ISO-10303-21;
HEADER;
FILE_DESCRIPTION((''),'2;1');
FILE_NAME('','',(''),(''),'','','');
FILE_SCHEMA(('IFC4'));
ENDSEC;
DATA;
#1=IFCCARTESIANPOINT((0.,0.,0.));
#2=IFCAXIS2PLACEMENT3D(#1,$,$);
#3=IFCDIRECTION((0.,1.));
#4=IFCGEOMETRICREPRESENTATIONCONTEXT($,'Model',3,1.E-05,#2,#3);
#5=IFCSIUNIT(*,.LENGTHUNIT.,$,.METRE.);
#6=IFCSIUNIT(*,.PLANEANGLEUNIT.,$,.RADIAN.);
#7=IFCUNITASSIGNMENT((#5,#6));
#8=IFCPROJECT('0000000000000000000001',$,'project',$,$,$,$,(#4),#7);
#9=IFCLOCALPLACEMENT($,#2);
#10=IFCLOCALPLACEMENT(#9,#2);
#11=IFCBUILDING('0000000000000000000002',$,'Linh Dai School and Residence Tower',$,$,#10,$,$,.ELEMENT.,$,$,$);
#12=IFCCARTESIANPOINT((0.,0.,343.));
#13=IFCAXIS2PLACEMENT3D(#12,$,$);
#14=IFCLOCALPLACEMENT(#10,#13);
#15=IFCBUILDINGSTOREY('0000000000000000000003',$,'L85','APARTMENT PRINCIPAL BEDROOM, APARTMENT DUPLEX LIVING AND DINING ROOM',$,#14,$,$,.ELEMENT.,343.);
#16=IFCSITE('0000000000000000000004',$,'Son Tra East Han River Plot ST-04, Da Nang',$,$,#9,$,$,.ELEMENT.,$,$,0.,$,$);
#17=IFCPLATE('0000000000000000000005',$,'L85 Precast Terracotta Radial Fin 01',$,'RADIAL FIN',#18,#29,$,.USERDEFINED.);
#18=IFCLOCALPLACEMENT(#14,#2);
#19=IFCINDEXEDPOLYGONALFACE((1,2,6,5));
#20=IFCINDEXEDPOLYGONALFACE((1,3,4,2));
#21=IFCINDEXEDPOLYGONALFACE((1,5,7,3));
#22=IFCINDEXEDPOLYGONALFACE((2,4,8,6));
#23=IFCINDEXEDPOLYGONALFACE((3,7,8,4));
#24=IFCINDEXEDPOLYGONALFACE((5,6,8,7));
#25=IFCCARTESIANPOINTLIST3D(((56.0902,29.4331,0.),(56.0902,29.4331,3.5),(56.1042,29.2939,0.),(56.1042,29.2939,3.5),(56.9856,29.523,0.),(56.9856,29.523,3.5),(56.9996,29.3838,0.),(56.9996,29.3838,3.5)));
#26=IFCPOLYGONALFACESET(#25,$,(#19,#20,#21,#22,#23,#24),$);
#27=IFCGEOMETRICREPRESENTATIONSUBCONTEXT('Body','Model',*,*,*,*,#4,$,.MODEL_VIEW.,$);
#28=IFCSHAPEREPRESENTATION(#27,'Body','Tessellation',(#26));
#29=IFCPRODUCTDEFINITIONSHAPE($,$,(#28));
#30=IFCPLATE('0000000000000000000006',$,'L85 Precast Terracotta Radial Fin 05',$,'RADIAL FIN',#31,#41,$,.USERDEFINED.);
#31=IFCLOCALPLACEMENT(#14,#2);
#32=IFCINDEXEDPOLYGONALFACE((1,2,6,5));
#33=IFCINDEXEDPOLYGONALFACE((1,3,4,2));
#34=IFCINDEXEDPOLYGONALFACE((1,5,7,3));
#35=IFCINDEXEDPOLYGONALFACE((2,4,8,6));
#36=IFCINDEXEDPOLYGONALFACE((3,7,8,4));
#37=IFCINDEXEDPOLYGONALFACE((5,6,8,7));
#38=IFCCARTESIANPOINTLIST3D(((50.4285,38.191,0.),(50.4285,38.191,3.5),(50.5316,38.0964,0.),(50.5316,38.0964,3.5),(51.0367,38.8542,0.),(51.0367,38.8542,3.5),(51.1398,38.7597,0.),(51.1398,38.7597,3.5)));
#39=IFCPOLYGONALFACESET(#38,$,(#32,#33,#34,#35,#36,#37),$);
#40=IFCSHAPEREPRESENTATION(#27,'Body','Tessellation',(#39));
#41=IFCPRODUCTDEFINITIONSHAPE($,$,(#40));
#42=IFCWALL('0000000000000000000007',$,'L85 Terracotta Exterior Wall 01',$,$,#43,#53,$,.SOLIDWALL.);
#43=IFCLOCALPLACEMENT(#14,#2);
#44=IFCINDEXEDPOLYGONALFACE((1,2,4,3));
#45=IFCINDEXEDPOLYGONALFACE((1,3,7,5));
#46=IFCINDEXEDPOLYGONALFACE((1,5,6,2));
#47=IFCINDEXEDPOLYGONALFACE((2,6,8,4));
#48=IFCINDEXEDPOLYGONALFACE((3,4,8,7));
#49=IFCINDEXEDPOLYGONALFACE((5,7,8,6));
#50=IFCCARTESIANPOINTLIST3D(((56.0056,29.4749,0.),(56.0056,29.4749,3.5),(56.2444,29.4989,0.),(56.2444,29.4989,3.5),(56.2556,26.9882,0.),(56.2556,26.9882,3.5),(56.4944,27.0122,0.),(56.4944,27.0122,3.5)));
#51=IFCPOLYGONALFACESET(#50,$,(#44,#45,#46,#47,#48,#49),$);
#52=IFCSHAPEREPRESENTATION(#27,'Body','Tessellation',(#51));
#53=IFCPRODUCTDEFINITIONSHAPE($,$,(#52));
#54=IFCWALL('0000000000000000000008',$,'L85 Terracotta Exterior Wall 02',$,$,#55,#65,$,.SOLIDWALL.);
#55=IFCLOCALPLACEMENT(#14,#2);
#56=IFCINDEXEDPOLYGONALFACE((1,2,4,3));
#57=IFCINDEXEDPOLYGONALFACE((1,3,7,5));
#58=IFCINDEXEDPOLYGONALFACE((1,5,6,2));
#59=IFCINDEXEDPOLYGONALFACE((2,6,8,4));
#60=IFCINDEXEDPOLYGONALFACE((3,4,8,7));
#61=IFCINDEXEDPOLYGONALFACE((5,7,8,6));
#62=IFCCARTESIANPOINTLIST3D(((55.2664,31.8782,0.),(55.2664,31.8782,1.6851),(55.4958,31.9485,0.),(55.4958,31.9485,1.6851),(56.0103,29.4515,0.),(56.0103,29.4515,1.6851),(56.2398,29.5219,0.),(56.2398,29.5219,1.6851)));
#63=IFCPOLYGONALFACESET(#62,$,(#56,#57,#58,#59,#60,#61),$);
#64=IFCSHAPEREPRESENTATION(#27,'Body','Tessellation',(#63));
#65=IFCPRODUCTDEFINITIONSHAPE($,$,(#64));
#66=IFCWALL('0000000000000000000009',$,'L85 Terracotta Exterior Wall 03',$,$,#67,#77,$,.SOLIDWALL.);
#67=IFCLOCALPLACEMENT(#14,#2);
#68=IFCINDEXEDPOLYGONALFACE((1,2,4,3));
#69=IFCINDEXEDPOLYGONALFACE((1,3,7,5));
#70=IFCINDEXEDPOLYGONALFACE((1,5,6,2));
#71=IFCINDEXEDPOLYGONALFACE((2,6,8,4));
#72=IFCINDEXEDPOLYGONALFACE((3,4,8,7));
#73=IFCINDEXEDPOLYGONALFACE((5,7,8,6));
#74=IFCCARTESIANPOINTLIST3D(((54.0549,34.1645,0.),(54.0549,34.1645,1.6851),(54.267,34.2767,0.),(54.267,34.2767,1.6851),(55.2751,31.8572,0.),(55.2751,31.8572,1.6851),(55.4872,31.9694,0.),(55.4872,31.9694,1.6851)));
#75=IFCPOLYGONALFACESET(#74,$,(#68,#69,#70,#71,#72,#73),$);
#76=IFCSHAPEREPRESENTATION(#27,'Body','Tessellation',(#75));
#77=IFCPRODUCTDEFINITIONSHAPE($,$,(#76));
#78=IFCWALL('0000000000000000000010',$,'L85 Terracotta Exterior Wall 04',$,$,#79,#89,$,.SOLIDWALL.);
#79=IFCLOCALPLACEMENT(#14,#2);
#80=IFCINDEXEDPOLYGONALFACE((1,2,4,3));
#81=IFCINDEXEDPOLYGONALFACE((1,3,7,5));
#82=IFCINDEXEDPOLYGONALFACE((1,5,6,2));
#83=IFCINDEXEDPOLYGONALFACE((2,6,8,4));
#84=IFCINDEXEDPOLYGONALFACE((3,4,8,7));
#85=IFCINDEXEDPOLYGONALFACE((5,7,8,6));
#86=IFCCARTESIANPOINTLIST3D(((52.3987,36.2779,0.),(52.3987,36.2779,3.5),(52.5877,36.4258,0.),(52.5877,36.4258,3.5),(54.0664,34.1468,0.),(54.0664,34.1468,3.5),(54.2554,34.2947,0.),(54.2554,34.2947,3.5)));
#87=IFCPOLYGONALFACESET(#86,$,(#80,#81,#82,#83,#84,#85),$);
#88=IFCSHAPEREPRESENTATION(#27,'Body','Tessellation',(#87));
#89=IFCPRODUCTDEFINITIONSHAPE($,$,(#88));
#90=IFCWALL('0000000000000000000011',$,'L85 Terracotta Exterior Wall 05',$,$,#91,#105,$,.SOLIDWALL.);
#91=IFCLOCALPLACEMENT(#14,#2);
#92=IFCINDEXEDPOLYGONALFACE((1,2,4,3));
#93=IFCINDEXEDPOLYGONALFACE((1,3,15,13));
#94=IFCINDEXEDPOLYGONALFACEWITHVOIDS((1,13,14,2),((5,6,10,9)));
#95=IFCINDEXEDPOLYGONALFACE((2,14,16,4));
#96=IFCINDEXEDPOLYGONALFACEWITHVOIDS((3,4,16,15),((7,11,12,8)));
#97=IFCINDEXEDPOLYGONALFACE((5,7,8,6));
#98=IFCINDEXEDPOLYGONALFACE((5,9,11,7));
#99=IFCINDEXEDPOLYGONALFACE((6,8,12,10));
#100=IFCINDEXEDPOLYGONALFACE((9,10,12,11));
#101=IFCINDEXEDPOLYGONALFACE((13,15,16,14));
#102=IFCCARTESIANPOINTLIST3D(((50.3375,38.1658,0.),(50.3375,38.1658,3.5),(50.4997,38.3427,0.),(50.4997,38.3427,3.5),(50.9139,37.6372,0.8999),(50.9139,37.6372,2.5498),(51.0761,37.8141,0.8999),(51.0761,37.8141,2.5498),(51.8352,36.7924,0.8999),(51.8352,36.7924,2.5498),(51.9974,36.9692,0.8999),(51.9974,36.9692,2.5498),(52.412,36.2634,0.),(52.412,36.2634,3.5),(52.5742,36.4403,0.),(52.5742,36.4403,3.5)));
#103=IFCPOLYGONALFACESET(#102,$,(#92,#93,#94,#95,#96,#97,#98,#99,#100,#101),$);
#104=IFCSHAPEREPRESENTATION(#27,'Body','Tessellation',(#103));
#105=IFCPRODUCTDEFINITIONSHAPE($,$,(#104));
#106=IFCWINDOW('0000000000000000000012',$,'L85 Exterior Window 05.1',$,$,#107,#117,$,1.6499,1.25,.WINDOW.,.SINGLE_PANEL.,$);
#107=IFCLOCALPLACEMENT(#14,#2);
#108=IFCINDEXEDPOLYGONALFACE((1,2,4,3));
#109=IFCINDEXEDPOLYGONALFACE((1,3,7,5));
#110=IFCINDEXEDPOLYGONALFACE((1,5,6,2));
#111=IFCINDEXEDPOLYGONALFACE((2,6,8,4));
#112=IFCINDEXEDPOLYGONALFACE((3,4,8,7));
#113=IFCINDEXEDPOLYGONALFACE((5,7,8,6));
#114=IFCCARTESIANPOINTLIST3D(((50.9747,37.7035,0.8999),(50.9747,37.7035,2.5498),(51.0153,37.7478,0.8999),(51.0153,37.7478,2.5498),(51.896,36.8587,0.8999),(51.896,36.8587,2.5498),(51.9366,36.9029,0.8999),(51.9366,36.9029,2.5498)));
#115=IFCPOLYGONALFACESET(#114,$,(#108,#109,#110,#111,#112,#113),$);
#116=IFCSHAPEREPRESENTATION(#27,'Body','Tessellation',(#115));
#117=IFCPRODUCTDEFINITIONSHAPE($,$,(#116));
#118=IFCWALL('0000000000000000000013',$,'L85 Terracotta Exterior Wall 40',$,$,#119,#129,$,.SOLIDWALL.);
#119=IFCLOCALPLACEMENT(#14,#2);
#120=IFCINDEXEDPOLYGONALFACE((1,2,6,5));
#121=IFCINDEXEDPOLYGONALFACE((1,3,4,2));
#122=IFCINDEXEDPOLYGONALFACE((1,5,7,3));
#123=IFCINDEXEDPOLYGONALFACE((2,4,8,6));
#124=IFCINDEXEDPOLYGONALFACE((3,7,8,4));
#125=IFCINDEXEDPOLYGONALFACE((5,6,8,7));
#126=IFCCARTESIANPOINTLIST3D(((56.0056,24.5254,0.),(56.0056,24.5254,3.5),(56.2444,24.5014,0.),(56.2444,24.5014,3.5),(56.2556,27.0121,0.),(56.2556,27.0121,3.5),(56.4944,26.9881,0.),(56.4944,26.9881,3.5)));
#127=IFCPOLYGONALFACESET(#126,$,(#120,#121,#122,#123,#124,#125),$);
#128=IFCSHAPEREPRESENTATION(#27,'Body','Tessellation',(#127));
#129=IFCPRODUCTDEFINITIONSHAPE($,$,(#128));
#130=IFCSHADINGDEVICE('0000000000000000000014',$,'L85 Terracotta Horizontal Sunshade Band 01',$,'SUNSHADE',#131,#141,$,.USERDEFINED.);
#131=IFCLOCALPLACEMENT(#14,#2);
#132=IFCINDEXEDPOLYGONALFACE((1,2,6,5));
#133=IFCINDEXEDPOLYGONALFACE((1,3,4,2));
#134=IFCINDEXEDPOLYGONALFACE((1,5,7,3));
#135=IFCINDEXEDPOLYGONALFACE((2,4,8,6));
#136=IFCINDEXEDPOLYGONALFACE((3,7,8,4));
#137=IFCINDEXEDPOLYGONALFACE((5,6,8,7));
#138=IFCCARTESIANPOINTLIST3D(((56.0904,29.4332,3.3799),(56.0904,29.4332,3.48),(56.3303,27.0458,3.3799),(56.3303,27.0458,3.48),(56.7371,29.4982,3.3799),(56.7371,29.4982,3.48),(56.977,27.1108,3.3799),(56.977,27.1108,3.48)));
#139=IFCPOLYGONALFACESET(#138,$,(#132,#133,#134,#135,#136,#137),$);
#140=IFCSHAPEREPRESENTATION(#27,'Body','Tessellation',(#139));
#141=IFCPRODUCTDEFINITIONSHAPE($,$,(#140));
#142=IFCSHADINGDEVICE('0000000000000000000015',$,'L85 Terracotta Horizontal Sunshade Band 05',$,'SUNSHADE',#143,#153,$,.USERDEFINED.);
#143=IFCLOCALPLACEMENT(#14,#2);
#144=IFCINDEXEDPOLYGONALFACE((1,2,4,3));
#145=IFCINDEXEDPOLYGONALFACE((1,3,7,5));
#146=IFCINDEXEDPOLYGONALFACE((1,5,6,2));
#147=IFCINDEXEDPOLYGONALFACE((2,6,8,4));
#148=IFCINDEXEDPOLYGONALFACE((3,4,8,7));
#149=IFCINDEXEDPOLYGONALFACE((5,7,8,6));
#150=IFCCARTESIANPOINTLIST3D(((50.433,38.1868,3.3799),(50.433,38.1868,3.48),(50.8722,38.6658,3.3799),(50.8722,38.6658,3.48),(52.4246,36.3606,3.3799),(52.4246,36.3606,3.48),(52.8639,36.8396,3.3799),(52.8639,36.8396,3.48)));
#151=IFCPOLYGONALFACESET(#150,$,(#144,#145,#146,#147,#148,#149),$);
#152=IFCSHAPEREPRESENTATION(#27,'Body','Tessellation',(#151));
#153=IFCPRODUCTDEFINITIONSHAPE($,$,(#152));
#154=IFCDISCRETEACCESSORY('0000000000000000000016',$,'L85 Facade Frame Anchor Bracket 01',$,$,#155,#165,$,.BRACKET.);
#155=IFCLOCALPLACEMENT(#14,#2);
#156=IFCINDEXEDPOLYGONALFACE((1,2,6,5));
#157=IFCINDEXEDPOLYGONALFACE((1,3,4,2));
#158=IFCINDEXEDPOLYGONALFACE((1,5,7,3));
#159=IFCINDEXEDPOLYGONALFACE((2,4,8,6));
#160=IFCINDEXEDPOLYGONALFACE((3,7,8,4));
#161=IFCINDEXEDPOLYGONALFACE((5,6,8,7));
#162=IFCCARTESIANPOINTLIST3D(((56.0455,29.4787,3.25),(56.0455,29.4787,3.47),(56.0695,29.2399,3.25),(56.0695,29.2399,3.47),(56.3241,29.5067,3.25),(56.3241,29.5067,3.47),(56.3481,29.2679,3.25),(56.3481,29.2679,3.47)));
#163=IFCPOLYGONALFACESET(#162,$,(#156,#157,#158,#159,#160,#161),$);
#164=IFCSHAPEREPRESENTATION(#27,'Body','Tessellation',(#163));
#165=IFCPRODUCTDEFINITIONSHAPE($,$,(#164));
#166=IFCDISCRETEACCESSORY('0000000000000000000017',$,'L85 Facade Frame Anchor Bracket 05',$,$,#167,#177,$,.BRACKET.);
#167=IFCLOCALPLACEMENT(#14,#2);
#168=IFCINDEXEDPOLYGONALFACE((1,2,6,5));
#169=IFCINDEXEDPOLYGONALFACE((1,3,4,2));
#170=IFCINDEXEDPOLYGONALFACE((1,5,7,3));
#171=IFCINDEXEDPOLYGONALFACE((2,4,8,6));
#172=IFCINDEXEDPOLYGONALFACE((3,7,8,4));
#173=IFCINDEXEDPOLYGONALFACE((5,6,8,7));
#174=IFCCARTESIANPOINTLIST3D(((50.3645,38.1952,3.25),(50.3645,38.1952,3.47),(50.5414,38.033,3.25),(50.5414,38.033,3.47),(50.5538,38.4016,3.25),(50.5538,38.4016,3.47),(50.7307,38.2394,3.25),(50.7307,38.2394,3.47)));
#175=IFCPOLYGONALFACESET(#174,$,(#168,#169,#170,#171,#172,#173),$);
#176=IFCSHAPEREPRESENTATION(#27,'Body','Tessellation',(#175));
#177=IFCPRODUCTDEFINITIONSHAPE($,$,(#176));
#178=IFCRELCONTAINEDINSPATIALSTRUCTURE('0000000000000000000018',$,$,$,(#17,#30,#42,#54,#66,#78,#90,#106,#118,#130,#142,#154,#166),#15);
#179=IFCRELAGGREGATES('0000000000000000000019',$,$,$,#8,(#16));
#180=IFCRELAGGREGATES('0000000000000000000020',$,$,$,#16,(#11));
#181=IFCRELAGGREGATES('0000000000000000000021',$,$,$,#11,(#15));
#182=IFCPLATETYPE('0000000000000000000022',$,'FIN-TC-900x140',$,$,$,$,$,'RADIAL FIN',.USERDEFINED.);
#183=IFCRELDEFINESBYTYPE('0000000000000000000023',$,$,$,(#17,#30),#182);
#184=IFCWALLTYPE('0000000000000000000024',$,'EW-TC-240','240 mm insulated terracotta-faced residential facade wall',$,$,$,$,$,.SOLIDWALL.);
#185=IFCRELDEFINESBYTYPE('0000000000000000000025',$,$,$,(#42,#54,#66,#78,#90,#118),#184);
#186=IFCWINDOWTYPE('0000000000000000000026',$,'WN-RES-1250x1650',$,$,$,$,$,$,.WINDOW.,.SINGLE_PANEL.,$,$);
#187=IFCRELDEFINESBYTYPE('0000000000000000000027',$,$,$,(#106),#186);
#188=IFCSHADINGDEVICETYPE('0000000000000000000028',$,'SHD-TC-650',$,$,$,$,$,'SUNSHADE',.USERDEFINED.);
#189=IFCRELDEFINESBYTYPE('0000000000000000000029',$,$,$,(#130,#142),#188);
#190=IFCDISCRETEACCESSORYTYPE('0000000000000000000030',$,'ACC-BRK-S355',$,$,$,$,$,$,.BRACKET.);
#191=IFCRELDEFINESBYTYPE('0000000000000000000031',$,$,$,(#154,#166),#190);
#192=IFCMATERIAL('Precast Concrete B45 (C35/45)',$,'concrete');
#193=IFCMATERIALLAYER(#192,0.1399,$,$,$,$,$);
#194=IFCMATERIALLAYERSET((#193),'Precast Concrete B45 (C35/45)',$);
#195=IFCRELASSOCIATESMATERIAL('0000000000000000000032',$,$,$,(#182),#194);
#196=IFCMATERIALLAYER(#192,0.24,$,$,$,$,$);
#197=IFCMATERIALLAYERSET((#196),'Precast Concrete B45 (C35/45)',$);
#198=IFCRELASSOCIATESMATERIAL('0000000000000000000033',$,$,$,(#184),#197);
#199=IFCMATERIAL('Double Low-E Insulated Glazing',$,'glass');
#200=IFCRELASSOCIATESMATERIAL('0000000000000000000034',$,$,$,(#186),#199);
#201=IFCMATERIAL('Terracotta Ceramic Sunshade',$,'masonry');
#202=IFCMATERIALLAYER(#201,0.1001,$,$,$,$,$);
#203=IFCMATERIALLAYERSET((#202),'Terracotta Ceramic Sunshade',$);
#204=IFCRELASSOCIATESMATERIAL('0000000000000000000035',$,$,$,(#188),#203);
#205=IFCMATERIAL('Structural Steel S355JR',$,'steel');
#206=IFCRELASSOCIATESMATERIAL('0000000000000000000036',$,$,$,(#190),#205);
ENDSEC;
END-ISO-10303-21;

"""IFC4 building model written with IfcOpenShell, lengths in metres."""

from ifc_helpers import new_model, si_unit, direction, frame, frame_2d, origin, origin_2d, place, context, subcontext, project, spatial, rectangle, extrude, source, transform, mapped, material, layer, layer_set, type_object, element, fill, save


model = new_model("IFC4")

# Units and contexts
model_context = context("Model", 3, precision=1e-05, world=origin(), true_north=direction((0.0, 1.0)))
body_context = subcontext(model_context, "Body", "Model", "MODEL_VIEW")
ifc_project = project(units=[si_unit("LENGTHUNIT", "METRE"), si_unit("PLANEANGLEUNIT", "RADIAN")], contexts=[model_context])

# Site, building, storey
site_placement = place(None, origin())
site = spatial("IfcSite", under=ifc_project, at=site_placement, Name="Son Tra East Han River Plot ST-04, Da Nang", CompositionType="ELEMENT", RefElevation=0.0)
building_placement = place(site_placement, origin())
building = spatial("IfcBuilding", under=site, at=building_placement, Name="Linh Dai School and Residence Tower", CompositionType="ELEMENT")
storey_placement = place(building_placement, frame((0.0, 0.0, 343.0)))
storey = spatial("IfcBuildingStorey", under=building, at=storey_placement, Name="L85", Description="APARTMENT PRINCIPAL BEDROOM, APARTMENT DUPLEX LIVING AND DINING ROOM", CompositionType="ELEMENT", Elevation=343.0)

# Shared definitions
ifc_material_1 = material(Name="Structural Steel S355JR", Category="steel")

# Plates
ifc_material_2 = material(Name="Precast Concrete B45 (C35/45)", Category="concrete")
ifc_layer_1 = layer(ifc_material_2, 0.1399)
ifc_layer_set_1 = layer_set([ifc_layer_1], Name="Precast Concrete B45 (C35/45)")
plate_type_1 = type_object("IfcPlateType", Name="FIN-TC-900x140", ElementType="RADIAL FIN", PredefinedType="USERDEFINED", material=ifc_layer_set_1)
shared_shape_1 = source(origin(), body_context, "Body", "SweptSolid", [
    extrude(rectangle(XDim=0.8999, YDim=0.1399, at=origin_2d()), origin(), (0.0, 0.0, 1.0), 3.5),
])
for number, where, z_axis, x_axis, name in (
    (1, (56.5449, 29.4084, 0.0), (0.0, 0.0, 1.0), (0.994988, 0.099992, 0.0), "L85 Precast Terracotta Radial Fin 01"),
    (2, (50.7842, 38.4753, 0.0), (0.0, 0.0, 1.0), (0.675841, 0.737048, 0.0), "L85 Precast Terracotta Radial Fin 05"),
):
    element("IfcPlate", number, at=place(storey_placement, frame(where, z_axis=z_axis, x_axis=x_axis)), inside=storey, type_object=plate_type_1, Name=name, ObjectType="RADIAL FIN", PredefinedType="USERDEFINED", context=body_context, shape_type="MappedRepresentation", body=[
        mapped(shared_shape_1, transform((0.0, 0.0, 0.0), x_axis=(1.0, 0.0, 0.0), y_axis=(0.0, 1.0, 0.0), z_axis=(0.0, 0.0, 1.0), scale=1.0)),
    ])

# Walls
ifc_layer_2 = layer(ifc_material_2, 0.24)
ifc_layer_set_2 = layer_set([ifc_layer_2], Name="Precast Concrete B45 (C35/45)")
wall_type = type_object("IfcWallType", Name="EW-TC-240", Description="240 mm insulated terracotta-faced residential facade wall", PredefinedType="SOLIDWALL", material=ifc_layer_set_2)
wall_1_placement = place(storey_placement, frame((56.125, 29.4868, 0.0), z_axis=(0.0, 0.0, 1.0), x_axis=(0.100026, -0.994985, 0.0)))
element("IfcWall", 3, at=wall_1_placement, inside=storey, type_object=wall_type, Name="L85 Terracotta Exterior Wall 01", PredefinedType="SOLIDWALL", context=body_context, shape_type="SweptSolid", body=[
    extrude(rectangle(XDim=2.4993, YDim=0.24, at=frame_2d((1.2495, 0.0))), origin(), (0.0, 0.0, 1.0), 3.5),
])
wall_2_placement = place(storey_placement, frame((55.3811, 31.9133, 0.0), z_axis=(0.0, 0.0, 1.0), x_axis=(0.293106, -0.95608, 0.0)))
element("IfcWall", 4, at=wall_2_placement, inside=storey, type_object=wall_type, Name="L85 Terracotta Exterior Wall 02", PredefinedType="SOLIDWALL", context=body_context, shape_type="SweptSolid", body=[
    extrude(rectangle(XDim=2.5381, YDim=0.24, at=frame_2d((1.269, 0.0))), origin(), (0.0, 0.0, 1.0), 1.6851),
])
wall_3_placement = place(storey_placement, frame((54.1609, 34.2207, 0.0), z_axis=(0.0, 0.0, 1.0), x_axis=(0.467488, -0.883999, 0.0)))
element("IfcWall", 5, at=wall_3_placement, inside=storey, type_object=wall_type, Name="L85 Terracotta Exterior Wall 03", PredefinedType="SOLIDWALL", context=body_context, shape_type="SweptSolid", body=[
    extrude(rectangle(XDim=2.6101, YDim=0.24, at=frame_2d((1.3052, 0.0))), origin(), (0.0, 0.0, 1.0), 1.6851),
])
wall_4_placement = place(storey_placement, frame((52.4932, 36.3518, 0.0), z_axis=(0.0, 0.0, 1.0), x_axis=(0.616286, -0.787522, 0.0)))
element("IfcWall", 6, at=wall_4_placement, inside=storey, type_object=wall_type, Name="L85 Terracotta Exterior Wall 04", PredefinedType="SOLIDWALL", context=body_context, shape_type="SweptSolid", body=[
    extrude(rectangle(XDim=2.7061, YDim=0.24, at=frame_2d((1.353, 0.0))), origin(), (0.0, 0.0, 1.0), 3.5),
])

# Wall, opening, window
wall_5_placement = place(storey_placement, frame((50.4187, 38.2542, 0.0), z_axis=(0.0, 0.0, 1.0), x_axis=(0.737021, -0.67587, 0.0)))
wall_5 = element("IfcWall", 7, at=wall_5_placement, inside=storey, type_object=wall_type, Name="L85 Terracotta Exterior Wall 05", PredefinedType="SOLIDWALL", context=body_context, shape_type="SweptSolid", body=[
    extrude(rectangle(XDim=2.8147, YDim=0.24, at=frame_2d((1.4072, 0.0))), origin(), (0.0, 0.0, 1.0), 3.5),
])
opening_placement = place(wall_5_placement, frame((0.782, 0.0, 0.8999)))
opening = element("IfcOpeningElement", 8, at=opening_placement, cuts=wall_5, PredefinedType="OPENING", context=body_context, shape_type="SweptSolid", body=[
    extrude(rectangle(XDim=1.25, YDim=1.6499, at=origin_2d()), frame((0.625, 0.1299, 0.825), z_axis=(0.0, -1.0, 0.0), x_axis=(1.0, 0.0, 0.0)), (0.0, 0.0, 1.0), 0.26),
])
ifc_material_3 = material(Name="Double Low-E Insulated Glazing", Category="glass")
window_type = type_object("IfcWindowType", Name="WN-RES-1250x1650", PartitioningType="SINGLE_PANEL", PredefinedType="WINDOW", material=ifc_material_3)
shared_shape_2 = source(origin(), body_context, "Body", "SweptSolid", [
    extrude(rectangle(XDim=1.25, YDim=1.6499, at=origin_2d()), frame((0.625, 0.03, 0.825), z_axis=(0.0, -1.0, 0.0), x_axis=(1.0, 0.0, 0.0)), (0.0, 0.0, 1.0), 0.0601),
])
window_placement = place(opening_placement, origin())
window = element("IfcWindow", 9, at=window_placement, inside=storey, type_object=window_type, Name="L85 Exterior Window 05.1", OverallHeight=1.6499, OverallWidth=1.25, PartitioningType="SINGLE_PANEL", PredefinedType="WINDOW", context=body_context, shape_type="MappedRepresentation", body=[
    mapped(shared_shape_2, transform((0.0, 0.0, 0.0), x_axis=(1.0, 0.0, 0.0), y_axis=(0.0, 1.0, 0.0), z_axis=(0.0, 0.0, 1.0), scale=1.0)),
])
fill(opening, window)

# Wall
wall_6_placement = place(storey_placement, frame((56.375, 27.0, 0.0), z_axis=(0.0, 0.0, 1.0), x_axis=(-0.100026, -0.994985, 0.0)))
element("IfcWall", 10, at=wall_6_placement, inside=storey, type_object=wall_type, Name="L85 Terracotta Exterior Wall 40", PredefinedType="SOLIDWALL", context=body_context, shape_type="SweptSolid", body=[
    extrude(rectangle(XDim=2.4993, YDim=0.24, at=frame_2d((1.2495, 0.0))), origin(), (0.0, 0.0, 1.0), 3.5),
])

# Shading devices
ifc_material_4 = material(Name="Terracotta Ceramic Sunshade", Category="masonry")
ifc_layer_3 = layer(ifc_material_4, 0.1001)
ifc_layer_set_3 = layer_set([ifc_layer_3], Name="Terracotta Ceramic Sunshade")
shading_device_type = type_object("IfcShadingDeviceType", Name="SHD-TC-650", ElementType="SUNSHADE", PredefinedType="USERDEFINED", material=ifc_layer_set_3)
shared_shape_3 = source(origin(), body_context, "Body", "SweptSolid", [
    extrude(rectangle(XDim=2.3994, YDim=0.6499, at=origin_2d()), origin(), (0.0, 0.0, 1.0), 0.1001),
])
shading_device_1_placement = place(storey_placement, frame((56.5337, 28.272, 3.3799), z_axis=(0.0, 0.0, 1.0), x_axis=(0.099992, -0.994988, 0.0)))
element("IfcShadingDevice", 11, at=shading_device_1_placement, inside=storey, type_object=shading_device_type, Name="L85 Terracotta Horizontal Sunshade Band 01", ObjectType="SUNSHADE", PredefinedType="USERDEFINED", context=body_context, shape_type="MappedRepresentation", body=[
    mapped(shared_shape_3, transform((0.0, 0.0, 0.0), x_axis=(1.0, 0.0, 0.0), y_axis=(0.0, 1.0, 0.0), z_axis=(0.0, 0.0, 1.0), scale=1.0)),
])
shared_shape_4 = source(origin(), body_context, "Body", "SweptSolid", [
    extrude(rectangle(XDim=2.7021, YDim=0.6499, at=origin_2d()), origin(), (0.0, 0.0, 1.0), 0.1001),
])
shading_device_2_placement = place(storey_placement, frame((51.6484, 37.5132, 3.3799), z_axis=(0.0, 0.0, 1.0), x_axis=(0.737048, -0.675841, 0.0)))
element("IfcShadingDevice", 12, at=shading_device_2_placement, inside=storey, type_object=shading_device_type, Name="L85 Terracotta Horizontal Sunshade Band 05", ObjectType="SUNSHADE", PredefinedType="USERDEFINED", context=body_context, shape_type="MappedRepresentation", body=[
    mapped(shared_shape_4, transform((0.0, 0.0, 0.0), x_axis=(1.0, 0.0, 0.0), y_axis=(0.0, 1.0, 0.0), z_axis=(0.0, 0.0, 1.0), scale=1.0)),
])

# Discrete accessories
discrete_accessory_type = type_object("IfcDiscreteAccessoryType", Name="ACC-BRK-S355", PredefinedType="BRACKET", material=ifc_material_1)
shared_shape_5 = source(origin(), body_context, "Body", "SweptSolid", [
    extrude(rectangle(XDim=0.28, YDim=0.24, at=origin_2d()), origin(), (0.0, 0.0, 1.0), 0.22),
])
for number, where, z_axis, x_axis, name in (
    (13, (56.1968, 29.3733, 3.25), (0.0, 0.0, 1.0), (0.994988, 0.099992, 0.0), "L85 Facade Frame Anchor Bracket 01"),
    (14, (50.5476, 38.2173, 3.25), (0.0, 0.0, 1.0), (0.675841, 0.737048, 0.0), "L85 Facade Frame Anchor Bracket 05"),
):
    element("IfcDiscreteAccessory", number, at=place(storey_placement, frame(where, z_axis=z_axis, x_axis=x_axis)), inside=storey, type_object=discrete_accessory_type, Name=name, PredefinedType="BRACKET", context=body_context, shape_type="MappedRepresentation", body=[
        mapped(shared_shape_5, transform((0.0, 0.0, 0.0), x_axis=(1.0, 0.0, 0.0), y_axis=(0.0, 1.0, 0.0), z_axis=(0.0, 0.0, 1.0), scale=1.0)),
    ])

save(model, "model.ifc")
